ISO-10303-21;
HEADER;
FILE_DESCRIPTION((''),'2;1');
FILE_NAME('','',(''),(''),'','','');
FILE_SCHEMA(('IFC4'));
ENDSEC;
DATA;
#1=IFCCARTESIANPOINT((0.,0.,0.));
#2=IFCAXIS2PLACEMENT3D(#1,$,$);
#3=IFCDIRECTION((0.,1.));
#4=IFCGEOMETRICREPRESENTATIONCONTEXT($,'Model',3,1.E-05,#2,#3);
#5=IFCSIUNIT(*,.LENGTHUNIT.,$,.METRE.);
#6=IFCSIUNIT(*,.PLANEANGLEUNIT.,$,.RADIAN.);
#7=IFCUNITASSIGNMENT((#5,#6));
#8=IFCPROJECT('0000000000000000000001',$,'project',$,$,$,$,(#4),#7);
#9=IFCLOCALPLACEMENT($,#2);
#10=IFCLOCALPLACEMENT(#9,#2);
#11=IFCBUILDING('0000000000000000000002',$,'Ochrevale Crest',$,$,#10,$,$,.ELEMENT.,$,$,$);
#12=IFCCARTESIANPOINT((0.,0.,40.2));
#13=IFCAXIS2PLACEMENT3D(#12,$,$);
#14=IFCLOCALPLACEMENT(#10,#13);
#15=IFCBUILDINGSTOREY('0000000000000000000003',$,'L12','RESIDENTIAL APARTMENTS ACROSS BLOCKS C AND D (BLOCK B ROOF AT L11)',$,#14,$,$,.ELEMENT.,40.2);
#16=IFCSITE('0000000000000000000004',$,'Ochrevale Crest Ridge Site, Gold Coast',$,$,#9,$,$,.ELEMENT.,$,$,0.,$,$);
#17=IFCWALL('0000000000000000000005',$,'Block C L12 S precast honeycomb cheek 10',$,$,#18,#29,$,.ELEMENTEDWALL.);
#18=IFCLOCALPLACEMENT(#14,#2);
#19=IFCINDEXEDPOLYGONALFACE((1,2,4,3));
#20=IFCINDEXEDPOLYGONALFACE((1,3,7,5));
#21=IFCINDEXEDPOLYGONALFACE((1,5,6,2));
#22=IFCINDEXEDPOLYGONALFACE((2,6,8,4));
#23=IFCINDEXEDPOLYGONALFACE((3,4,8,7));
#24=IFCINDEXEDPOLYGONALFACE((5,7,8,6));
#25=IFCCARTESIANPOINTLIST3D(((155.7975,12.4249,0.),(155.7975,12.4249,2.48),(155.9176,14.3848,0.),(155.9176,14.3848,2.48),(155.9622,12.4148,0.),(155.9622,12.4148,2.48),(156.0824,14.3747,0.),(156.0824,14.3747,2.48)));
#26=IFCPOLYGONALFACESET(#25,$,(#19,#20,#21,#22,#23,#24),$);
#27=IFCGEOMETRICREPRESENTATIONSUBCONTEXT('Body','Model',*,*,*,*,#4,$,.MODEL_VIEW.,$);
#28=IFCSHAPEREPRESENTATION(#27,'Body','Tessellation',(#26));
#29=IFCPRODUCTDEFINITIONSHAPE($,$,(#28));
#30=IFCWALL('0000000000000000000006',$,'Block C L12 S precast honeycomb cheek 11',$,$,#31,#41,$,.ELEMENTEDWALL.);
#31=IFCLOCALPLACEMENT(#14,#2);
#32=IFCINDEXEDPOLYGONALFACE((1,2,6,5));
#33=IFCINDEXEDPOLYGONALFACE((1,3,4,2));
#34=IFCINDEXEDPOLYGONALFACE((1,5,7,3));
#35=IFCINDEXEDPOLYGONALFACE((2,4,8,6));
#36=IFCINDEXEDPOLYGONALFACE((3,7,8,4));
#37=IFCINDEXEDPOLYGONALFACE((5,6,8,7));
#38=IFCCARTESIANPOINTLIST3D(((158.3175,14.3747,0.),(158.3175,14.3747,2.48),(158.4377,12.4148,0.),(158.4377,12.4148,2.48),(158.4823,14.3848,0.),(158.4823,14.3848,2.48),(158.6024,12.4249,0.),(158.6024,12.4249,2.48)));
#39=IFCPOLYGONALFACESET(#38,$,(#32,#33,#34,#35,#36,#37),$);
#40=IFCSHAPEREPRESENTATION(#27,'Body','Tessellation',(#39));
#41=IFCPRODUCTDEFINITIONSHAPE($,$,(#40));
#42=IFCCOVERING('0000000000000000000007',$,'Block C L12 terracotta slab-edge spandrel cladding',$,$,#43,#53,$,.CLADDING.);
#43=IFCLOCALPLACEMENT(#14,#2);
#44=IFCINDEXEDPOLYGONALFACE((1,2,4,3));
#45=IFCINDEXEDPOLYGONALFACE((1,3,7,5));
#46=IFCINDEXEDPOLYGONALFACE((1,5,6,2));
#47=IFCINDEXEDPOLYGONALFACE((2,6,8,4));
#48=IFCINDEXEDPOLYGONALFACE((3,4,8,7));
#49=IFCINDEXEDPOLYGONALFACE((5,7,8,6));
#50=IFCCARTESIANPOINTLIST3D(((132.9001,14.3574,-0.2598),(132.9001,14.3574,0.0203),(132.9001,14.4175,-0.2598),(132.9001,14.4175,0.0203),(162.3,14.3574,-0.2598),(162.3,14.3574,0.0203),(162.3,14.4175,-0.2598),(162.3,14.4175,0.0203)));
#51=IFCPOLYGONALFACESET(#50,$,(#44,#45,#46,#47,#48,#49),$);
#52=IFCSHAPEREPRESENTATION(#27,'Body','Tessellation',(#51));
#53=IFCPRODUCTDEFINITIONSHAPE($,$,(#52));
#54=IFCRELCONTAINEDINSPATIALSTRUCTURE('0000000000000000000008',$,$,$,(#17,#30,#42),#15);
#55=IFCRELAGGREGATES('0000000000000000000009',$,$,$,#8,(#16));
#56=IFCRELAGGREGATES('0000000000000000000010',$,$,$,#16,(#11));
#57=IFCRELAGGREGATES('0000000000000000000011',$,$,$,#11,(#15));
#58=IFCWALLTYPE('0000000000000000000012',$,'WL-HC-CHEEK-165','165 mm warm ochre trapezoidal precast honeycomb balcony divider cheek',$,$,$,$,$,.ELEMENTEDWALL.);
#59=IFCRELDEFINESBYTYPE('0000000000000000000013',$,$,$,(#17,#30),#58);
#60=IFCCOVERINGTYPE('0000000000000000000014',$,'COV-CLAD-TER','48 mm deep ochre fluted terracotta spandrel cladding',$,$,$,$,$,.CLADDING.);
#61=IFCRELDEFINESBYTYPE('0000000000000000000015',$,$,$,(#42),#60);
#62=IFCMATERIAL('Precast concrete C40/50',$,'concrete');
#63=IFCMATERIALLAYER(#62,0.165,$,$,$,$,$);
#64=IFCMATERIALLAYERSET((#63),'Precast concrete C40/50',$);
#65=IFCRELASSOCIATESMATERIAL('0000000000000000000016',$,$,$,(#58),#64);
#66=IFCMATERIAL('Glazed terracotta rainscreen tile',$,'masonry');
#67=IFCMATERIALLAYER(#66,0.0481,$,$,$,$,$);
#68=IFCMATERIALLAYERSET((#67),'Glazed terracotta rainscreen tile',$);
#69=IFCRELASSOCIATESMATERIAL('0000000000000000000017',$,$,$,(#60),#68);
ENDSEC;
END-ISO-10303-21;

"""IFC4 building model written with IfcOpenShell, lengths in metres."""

from ifc_helpers import new_model, si_unit, direction, frame, frame_2d, origin, origin_2d, place, context, subcontext, project, spatial, rectangle, extrude, material, layer, layer_set, type_object, element, save


model = new_model("IFC4")

# Units and contexts
model_context = context("Model", 3, precision=1e-05, world=origin(), true_north=direction((0.0, 1.0)))
body_context = subcontext(model_context, "Body", "Model", "MODEL_VIEW")
ifc_project = project(units=[si_unit("LENGTHUNIT", "METRE"), si_unit("PLANEANGLEUNIT", "RADIAN")], contexts=[model_context])

# Site, building, storey
site_placement = place(None, origin())
site = spatial("IfcSite", under=ifc_project, at=site_placement, Name="Ochrevale Crest Ridge Site, Gold Coast", CompositionType="ELEMENT", RefElevation=0.0)
building_placement = place(site_placement, origin())
building = spatial("IfcBuilding", under=site, at=building_placement, Name="Ochrevale Crest", CompositionType="ELEMENT")
storey_placement = place(building_placement, frame((0.0, 0.0, 40.2)))
storey = spatial("IfcBuildingStorey", under=building, at=storey_placement, Name="L12", Description="RESIDENTIAL APARTMENTS ACROSS BLOCKS C AND D (BLOCK B ROOF AT L11)", CompositionType="ELEMENT", Elevation=40.2)

# Shared definitions
ifc_material_1 = material(Name="Precast concrete C40/50", Category="concrete")

# Walls
ifc_layer_1 = layer(ifc_material_1, 0.165)
ifc_layer_set_1 = layer_set([ifc_layer_1], Name="Precast concrete C40/50")
wall_type = type_object("IfcWallType", Name="WL-HC-CHEEK-165", Description="165 mm warm ochre trapezoidal precast honeycomb balcony divider cheek", PredefinedType="ELEMENTEDWALL", material=ifc_layer_set_1)
for number, where, z_axis, x_axis, name in (
    (1, (156.0, 14.3799, 0.0), (0.0, 0.0, 1.0), (-0.061171, -0.998127, 0.0), "Block C L12 S precast honeycomb cheek 10"),
    (2, (158.3999, 14.3799, 0.0), (0.0, 0.0, 1.0), (0.061171, -0.998127, 0.0), "Block C L12 S precast honeycomb cheek 11"),
):
    element("IfcWall", number, at=place(storey_placement, frame(where, z_axis=z_axis, x_axis=x_axis)), inside=storey, type_object=wall_type, Name=name, PredefinedType="ELEMENTEDWALL", context=body_context, shape_type="SweptSolid", body=[
        extrude(rectangle(XDim=1.9636, YDim=0.165, at=frame_2d((0.9819, 0.0))), origin(), (0.0, 0.0, 1.0), 2.48),
    ])

# Covering
ifc_material_2 = material(Name="Glazed terracotta rainscreen tile", Category="masonry")
ifc_layer_2 = layer(ifc_material_2, 0.0481)
ifc_layer_set_2 = layer_set([ifc_layer_2], Name="Glazed terracotta rainscreen tile")
covering_type = type_object("IfcCoveringType", Name="COV-CLAD-TER", Description="48 mm deep ochre fluted terracotta spandrel cladding", PredefinedType="CLADDING", material=ifc_layer_set_2)
covering_placement = place(storey_placement, frame((147.6001, 14.3875, -0.2598), z_axis=(0.0, 0.0, 1.0), x_axis=(1.0, 0.0, 0.0)))
element("IfcCovering", 3, at=covering_placement, inside=storey, type_object=covering_type, Name="Block C L12 terracotta slab-edge spandrel cladding", PredefinedType="CLADDING", context=body_context, shape_type="SweptSolid", body=[
    extrude(rectangle(XDim=29.3999, YDim=0.0601, at=origin_2d()), origin(), (0.0, 0.0, 1.0), 0.28),
])

save(model, "model.ifc")
